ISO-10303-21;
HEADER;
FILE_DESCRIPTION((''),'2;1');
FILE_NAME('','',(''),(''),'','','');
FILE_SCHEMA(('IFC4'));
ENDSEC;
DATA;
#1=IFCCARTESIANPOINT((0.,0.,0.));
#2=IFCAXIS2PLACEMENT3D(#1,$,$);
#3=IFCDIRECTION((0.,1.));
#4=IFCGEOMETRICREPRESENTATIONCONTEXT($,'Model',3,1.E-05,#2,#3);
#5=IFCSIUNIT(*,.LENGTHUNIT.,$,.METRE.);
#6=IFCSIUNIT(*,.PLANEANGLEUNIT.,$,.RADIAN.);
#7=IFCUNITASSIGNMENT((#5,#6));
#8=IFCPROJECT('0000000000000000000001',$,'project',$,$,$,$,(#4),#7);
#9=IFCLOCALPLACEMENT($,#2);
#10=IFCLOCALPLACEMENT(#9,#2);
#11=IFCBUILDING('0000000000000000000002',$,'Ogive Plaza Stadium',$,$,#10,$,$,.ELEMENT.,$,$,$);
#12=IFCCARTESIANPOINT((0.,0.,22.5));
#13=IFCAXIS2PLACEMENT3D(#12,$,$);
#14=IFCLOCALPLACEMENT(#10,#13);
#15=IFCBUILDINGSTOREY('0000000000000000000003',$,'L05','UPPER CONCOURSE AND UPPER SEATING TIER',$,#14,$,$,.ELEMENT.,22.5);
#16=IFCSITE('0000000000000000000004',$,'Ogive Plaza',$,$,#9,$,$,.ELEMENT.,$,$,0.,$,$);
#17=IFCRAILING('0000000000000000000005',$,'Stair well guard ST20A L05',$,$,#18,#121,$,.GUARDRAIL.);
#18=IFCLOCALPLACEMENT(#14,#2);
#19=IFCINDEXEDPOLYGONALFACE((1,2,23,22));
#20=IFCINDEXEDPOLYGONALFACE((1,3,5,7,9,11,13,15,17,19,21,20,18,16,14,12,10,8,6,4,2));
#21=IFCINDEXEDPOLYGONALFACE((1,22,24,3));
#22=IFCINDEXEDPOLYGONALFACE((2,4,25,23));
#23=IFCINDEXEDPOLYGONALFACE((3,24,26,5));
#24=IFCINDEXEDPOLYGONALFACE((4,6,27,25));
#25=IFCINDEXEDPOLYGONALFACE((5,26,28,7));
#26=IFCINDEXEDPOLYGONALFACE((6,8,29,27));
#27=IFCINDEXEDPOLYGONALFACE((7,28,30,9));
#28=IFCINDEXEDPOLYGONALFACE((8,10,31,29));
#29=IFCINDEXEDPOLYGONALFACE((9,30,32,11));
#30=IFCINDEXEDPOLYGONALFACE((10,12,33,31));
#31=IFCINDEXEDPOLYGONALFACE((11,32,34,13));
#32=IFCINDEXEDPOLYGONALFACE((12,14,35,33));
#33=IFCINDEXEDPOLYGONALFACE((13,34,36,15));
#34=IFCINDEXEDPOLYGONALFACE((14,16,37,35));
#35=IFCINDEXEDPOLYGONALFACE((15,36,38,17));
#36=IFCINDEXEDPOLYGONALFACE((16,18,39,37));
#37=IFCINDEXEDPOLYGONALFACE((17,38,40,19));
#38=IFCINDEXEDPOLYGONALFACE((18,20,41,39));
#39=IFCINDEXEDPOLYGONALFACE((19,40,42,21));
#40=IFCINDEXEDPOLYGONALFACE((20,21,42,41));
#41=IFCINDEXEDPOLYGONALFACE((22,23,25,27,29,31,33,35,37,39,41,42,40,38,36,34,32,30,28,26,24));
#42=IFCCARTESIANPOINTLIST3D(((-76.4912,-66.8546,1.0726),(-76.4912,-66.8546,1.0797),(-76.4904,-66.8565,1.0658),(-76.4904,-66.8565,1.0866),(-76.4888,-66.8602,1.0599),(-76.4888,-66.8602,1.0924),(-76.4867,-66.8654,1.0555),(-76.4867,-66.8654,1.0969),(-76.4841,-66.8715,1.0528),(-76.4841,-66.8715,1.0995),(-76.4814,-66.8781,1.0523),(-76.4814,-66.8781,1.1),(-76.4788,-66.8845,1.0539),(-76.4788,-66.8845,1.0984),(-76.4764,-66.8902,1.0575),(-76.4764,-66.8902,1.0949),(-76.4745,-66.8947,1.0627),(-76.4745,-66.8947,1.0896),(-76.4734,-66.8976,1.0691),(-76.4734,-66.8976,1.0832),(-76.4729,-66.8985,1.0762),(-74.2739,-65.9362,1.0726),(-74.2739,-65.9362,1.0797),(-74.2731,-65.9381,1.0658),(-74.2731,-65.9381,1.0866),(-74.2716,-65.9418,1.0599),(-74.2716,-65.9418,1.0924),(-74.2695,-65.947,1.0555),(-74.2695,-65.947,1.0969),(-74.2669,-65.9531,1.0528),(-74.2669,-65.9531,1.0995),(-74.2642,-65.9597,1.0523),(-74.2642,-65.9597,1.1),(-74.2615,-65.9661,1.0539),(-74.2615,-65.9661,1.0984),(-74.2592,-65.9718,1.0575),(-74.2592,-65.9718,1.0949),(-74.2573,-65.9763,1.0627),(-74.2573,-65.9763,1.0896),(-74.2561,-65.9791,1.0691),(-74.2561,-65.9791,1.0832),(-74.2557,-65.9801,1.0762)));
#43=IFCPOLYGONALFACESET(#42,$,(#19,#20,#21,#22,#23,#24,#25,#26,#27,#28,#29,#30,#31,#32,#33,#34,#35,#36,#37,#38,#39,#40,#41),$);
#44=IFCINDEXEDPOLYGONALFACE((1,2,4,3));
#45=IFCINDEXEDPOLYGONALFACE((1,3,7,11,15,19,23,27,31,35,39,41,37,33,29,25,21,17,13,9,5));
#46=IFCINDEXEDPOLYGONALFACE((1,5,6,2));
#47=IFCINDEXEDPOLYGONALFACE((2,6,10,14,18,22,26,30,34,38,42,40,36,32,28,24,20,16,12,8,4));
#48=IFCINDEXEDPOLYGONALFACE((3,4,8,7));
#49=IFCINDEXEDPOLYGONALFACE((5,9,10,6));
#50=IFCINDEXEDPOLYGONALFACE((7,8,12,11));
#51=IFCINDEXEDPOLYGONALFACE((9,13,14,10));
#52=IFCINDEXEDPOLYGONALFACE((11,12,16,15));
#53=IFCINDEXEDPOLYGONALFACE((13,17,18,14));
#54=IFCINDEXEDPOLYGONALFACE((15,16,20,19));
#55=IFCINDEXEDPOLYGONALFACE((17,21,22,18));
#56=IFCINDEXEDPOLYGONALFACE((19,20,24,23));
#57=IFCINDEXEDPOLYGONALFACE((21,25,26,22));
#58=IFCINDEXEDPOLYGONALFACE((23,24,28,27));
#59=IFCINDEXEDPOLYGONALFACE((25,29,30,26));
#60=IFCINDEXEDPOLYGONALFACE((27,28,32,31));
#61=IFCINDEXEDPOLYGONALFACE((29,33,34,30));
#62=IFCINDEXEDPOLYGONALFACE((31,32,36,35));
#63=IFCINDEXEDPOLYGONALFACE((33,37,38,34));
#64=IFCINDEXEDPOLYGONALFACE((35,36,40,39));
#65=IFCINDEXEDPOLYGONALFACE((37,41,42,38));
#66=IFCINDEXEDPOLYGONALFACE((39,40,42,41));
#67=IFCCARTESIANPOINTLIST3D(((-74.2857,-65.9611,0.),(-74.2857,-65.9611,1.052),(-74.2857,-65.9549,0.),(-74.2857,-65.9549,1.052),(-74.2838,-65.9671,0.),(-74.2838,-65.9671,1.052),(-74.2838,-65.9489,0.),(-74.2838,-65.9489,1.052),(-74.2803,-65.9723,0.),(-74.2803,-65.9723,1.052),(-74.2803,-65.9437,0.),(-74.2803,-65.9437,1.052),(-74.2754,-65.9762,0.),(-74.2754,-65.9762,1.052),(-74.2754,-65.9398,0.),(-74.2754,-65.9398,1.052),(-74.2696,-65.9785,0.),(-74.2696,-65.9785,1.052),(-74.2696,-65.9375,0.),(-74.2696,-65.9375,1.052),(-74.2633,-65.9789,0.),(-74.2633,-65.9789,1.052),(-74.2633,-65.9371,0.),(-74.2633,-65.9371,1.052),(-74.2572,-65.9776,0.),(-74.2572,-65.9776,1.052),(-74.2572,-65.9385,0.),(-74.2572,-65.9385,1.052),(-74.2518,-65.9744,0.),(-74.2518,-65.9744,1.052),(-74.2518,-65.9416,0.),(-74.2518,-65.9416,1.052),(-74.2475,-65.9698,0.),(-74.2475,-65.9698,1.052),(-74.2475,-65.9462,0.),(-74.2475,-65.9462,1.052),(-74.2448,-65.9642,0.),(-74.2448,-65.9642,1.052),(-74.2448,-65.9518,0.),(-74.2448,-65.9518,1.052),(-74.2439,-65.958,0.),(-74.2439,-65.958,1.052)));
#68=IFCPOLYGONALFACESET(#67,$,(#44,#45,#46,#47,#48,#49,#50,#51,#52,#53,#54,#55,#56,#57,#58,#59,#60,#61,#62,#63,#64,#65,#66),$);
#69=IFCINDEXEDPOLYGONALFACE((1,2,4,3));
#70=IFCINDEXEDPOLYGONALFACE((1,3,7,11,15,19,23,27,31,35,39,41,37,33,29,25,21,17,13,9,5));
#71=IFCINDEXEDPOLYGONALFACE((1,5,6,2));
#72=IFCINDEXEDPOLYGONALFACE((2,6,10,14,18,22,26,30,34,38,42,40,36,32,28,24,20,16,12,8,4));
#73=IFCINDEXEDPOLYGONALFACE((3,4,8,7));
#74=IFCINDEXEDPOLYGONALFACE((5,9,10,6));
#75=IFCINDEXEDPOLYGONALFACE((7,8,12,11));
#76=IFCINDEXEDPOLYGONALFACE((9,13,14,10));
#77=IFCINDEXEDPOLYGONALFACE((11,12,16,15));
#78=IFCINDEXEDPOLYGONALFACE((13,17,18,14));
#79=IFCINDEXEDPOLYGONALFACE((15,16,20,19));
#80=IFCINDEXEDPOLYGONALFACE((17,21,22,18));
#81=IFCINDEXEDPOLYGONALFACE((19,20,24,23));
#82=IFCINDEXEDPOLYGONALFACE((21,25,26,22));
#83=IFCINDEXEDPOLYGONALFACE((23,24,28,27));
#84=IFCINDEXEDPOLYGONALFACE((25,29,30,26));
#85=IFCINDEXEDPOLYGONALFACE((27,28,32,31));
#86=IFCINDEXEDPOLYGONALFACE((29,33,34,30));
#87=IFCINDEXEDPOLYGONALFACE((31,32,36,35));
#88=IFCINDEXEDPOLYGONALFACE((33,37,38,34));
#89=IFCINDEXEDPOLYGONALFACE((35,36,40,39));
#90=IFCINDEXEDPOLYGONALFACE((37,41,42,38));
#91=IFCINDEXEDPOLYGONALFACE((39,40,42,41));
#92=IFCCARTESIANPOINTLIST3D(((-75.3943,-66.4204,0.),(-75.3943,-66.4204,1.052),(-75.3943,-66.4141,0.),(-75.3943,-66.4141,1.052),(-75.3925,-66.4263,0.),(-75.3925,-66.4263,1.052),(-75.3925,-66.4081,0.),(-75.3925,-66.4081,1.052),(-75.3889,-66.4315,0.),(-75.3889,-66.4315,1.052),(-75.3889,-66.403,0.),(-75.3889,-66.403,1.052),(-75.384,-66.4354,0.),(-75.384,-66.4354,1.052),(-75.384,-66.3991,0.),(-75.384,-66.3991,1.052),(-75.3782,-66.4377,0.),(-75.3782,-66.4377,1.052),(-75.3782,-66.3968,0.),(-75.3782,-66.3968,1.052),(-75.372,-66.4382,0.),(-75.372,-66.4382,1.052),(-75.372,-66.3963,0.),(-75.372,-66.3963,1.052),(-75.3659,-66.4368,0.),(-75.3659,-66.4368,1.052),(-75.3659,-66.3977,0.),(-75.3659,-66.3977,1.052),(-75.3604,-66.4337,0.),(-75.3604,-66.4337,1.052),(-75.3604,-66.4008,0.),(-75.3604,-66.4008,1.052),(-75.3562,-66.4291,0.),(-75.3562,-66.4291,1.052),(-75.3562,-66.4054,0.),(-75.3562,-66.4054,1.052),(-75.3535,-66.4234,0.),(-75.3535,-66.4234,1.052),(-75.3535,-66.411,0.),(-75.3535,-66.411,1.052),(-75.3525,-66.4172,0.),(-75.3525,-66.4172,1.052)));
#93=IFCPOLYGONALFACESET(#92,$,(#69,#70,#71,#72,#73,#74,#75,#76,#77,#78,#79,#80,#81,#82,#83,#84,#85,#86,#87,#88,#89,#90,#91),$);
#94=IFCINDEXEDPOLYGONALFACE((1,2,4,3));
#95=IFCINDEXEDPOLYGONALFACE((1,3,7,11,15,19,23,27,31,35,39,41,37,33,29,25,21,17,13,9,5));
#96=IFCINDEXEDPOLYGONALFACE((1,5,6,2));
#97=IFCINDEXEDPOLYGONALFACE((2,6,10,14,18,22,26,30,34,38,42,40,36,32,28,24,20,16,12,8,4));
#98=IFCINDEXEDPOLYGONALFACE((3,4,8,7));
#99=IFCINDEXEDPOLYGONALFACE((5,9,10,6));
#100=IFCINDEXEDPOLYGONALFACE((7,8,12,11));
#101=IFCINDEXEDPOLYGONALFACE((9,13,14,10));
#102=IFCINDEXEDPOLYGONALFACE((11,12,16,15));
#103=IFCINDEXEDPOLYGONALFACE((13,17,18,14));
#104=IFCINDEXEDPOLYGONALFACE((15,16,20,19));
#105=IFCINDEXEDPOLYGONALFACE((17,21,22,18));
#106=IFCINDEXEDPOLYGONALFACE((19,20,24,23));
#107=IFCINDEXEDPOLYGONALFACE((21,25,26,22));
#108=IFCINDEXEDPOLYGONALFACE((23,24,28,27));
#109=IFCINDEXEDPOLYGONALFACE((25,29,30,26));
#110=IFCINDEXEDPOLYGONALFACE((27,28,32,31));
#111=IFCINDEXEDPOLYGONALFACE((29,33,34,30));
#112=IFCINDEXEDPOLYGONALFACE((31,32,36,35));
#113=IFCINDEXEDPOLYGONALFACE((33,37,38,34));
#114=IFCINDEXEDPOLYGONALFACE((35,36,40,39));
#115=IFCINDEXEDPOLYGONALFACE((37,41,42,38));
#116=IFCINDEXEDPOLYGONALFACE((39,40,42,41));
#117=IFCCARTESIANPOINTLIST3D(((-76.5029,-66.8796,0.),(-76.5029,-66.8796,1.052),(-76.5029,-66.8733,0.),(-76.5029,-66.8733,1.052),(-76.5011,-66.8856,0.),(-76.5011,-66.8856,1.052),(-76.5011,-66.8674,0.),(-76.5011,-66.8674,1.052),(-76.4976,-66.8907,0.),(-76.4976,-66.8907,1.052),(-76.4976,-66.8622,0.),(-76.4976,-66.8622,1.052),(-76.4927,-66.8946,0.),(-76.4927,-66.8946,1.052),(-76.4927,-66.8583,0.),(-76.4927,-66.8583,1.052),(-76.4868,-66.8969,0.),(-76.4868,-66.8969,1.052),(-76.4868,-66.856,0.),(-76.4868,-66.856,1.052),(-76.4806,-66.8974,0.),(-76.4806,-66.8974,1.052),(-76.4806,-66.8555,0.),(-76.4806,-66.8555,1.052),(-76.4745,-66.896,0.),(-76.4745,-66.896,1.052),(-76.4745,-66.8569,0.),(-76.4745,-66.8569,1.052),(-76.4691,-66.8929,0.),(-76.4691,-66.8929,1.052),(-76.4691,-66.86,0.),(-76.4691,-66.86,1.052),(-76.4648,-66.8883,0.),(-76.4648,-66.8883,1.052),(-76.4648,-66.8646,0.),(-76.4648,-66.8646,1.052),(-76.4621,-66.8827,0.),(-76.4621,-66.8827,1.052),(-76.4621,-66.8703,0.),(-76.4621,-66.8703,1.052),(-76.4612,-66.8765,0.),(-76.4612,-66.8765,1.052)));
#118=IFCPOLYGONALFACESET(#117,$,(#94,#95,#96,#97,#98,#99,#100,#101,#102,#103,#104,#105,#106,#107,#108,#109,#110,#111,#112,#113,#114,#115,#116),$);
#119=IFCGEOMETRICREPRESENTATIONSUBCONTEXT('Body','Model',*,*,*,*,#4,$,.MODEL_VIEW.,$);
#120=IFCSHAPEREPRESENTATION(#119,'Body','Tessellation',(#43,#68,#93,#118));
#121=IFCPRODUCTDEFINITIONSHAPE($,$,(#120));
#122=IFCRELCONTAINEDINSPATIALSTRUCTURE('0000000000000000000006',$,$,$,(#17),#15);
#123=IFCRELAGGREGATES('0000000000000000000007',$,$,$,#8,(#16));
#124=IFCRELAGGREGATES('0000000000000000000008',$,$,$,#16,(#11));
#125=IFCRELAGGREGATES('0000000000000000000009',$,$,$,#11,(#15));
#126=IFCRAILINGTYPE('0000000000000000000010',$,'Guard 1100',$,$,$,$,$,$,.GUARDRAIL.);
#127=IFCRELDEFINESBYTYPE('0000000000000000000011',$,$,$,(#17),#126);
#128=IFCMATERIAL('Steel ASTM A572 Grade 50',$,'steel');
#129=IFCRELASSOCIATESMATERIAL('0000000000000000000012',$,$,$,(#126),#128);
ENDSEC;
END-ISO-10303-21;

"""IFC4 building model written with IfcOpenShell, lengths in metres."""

from ifc_helpers import new_model, si_unit, direction, frame, origin, origin_2d, place, context, subcontext, project, spatial, circle, extrude, material, type_object, element, save


model = new_model("IFC4")

# Units and contexts
model_context = context("Model", 3, precision=1e-05, world=origin(), true_north=direction((0.0, 1.0)))
body_context = subcontext(model_context, "Body", "Model", "MODEL_VIEW")
ifc_project = project(units=[si_unit("LENGTHUNIT", "METRE"), si_unit("PLANEANGLEUNIT", "RADIAN")], contexts=[model_context])

# Site, building, storey
site_placement = place(None, origin())
site = spatial("IfcSite", under=ifc_project, at=site_placement, Name="Ogive Plaza", CompositionType="ELEMENT", RefElevation=0.0)
building_placement = place(site_placement, origin())
building = spatial("IfcBuilding", under=site, at=building_placement, Name="Ogive Plaza Stadium", CompositionType="ELEMENT")
storey_placement = place(building_placement, frame((0.0, 0.0, 22.5)))
storey = spatial("IfcBuildingStorey", under=building, at=storey_placement, Name="L05", Description="UPPER CONCOURSE AND UPPER SEATING TIER", CompositionType="ELEMENT", Elevation=22.5)

# Railing
ifc_material_1 = material(Name="Steel ASTM A572 Grade 50", Category="steel")
railing_type = type_object("IfcRailingType", Name="Guard 1100", PredefinedType="GUARDRAIL", material=ifc_material_1)
railing_1_placement = place(storey_placement, frame((-74.2649, -65.958, 0.0)))
element("IfcRailing", 1, at=railing_1_placement, inside=storey, type_object=railing_type, Name="Stair well guard ST20A L05", PredefinedType="GUARDRAIL", context=body_context, shape_type="SweptSolid", body=[
    extrude(circle(Radius=0.0239, at=origin_2d()), frame((0.0, 0.0, 1.0762), z_axis=(-0.923875, -0.382693, 0.0), x_axis=(0.382693, -0.923875, 0.0)), (0.0, 0.0, 1.0), 2.3999),
    extrude(circle(Radius=0.021, at=origin_2d()), origin(), (0.0, 0.0, 1.0), 1.052),
    extrude(circle(Radius=0.021, at=origin_2d()), frame((-1.1086, -0.4592, 0.0)), (0.0, 0.0, 1.0), 1.052),
    extrude(circle(Radius=0.021, at=origin_2d()), frame((-2.2173, -0.9185, 0.0)), (0.0, 0.0, 1.0), 1.052),
])

save(model, "model.ifc")
